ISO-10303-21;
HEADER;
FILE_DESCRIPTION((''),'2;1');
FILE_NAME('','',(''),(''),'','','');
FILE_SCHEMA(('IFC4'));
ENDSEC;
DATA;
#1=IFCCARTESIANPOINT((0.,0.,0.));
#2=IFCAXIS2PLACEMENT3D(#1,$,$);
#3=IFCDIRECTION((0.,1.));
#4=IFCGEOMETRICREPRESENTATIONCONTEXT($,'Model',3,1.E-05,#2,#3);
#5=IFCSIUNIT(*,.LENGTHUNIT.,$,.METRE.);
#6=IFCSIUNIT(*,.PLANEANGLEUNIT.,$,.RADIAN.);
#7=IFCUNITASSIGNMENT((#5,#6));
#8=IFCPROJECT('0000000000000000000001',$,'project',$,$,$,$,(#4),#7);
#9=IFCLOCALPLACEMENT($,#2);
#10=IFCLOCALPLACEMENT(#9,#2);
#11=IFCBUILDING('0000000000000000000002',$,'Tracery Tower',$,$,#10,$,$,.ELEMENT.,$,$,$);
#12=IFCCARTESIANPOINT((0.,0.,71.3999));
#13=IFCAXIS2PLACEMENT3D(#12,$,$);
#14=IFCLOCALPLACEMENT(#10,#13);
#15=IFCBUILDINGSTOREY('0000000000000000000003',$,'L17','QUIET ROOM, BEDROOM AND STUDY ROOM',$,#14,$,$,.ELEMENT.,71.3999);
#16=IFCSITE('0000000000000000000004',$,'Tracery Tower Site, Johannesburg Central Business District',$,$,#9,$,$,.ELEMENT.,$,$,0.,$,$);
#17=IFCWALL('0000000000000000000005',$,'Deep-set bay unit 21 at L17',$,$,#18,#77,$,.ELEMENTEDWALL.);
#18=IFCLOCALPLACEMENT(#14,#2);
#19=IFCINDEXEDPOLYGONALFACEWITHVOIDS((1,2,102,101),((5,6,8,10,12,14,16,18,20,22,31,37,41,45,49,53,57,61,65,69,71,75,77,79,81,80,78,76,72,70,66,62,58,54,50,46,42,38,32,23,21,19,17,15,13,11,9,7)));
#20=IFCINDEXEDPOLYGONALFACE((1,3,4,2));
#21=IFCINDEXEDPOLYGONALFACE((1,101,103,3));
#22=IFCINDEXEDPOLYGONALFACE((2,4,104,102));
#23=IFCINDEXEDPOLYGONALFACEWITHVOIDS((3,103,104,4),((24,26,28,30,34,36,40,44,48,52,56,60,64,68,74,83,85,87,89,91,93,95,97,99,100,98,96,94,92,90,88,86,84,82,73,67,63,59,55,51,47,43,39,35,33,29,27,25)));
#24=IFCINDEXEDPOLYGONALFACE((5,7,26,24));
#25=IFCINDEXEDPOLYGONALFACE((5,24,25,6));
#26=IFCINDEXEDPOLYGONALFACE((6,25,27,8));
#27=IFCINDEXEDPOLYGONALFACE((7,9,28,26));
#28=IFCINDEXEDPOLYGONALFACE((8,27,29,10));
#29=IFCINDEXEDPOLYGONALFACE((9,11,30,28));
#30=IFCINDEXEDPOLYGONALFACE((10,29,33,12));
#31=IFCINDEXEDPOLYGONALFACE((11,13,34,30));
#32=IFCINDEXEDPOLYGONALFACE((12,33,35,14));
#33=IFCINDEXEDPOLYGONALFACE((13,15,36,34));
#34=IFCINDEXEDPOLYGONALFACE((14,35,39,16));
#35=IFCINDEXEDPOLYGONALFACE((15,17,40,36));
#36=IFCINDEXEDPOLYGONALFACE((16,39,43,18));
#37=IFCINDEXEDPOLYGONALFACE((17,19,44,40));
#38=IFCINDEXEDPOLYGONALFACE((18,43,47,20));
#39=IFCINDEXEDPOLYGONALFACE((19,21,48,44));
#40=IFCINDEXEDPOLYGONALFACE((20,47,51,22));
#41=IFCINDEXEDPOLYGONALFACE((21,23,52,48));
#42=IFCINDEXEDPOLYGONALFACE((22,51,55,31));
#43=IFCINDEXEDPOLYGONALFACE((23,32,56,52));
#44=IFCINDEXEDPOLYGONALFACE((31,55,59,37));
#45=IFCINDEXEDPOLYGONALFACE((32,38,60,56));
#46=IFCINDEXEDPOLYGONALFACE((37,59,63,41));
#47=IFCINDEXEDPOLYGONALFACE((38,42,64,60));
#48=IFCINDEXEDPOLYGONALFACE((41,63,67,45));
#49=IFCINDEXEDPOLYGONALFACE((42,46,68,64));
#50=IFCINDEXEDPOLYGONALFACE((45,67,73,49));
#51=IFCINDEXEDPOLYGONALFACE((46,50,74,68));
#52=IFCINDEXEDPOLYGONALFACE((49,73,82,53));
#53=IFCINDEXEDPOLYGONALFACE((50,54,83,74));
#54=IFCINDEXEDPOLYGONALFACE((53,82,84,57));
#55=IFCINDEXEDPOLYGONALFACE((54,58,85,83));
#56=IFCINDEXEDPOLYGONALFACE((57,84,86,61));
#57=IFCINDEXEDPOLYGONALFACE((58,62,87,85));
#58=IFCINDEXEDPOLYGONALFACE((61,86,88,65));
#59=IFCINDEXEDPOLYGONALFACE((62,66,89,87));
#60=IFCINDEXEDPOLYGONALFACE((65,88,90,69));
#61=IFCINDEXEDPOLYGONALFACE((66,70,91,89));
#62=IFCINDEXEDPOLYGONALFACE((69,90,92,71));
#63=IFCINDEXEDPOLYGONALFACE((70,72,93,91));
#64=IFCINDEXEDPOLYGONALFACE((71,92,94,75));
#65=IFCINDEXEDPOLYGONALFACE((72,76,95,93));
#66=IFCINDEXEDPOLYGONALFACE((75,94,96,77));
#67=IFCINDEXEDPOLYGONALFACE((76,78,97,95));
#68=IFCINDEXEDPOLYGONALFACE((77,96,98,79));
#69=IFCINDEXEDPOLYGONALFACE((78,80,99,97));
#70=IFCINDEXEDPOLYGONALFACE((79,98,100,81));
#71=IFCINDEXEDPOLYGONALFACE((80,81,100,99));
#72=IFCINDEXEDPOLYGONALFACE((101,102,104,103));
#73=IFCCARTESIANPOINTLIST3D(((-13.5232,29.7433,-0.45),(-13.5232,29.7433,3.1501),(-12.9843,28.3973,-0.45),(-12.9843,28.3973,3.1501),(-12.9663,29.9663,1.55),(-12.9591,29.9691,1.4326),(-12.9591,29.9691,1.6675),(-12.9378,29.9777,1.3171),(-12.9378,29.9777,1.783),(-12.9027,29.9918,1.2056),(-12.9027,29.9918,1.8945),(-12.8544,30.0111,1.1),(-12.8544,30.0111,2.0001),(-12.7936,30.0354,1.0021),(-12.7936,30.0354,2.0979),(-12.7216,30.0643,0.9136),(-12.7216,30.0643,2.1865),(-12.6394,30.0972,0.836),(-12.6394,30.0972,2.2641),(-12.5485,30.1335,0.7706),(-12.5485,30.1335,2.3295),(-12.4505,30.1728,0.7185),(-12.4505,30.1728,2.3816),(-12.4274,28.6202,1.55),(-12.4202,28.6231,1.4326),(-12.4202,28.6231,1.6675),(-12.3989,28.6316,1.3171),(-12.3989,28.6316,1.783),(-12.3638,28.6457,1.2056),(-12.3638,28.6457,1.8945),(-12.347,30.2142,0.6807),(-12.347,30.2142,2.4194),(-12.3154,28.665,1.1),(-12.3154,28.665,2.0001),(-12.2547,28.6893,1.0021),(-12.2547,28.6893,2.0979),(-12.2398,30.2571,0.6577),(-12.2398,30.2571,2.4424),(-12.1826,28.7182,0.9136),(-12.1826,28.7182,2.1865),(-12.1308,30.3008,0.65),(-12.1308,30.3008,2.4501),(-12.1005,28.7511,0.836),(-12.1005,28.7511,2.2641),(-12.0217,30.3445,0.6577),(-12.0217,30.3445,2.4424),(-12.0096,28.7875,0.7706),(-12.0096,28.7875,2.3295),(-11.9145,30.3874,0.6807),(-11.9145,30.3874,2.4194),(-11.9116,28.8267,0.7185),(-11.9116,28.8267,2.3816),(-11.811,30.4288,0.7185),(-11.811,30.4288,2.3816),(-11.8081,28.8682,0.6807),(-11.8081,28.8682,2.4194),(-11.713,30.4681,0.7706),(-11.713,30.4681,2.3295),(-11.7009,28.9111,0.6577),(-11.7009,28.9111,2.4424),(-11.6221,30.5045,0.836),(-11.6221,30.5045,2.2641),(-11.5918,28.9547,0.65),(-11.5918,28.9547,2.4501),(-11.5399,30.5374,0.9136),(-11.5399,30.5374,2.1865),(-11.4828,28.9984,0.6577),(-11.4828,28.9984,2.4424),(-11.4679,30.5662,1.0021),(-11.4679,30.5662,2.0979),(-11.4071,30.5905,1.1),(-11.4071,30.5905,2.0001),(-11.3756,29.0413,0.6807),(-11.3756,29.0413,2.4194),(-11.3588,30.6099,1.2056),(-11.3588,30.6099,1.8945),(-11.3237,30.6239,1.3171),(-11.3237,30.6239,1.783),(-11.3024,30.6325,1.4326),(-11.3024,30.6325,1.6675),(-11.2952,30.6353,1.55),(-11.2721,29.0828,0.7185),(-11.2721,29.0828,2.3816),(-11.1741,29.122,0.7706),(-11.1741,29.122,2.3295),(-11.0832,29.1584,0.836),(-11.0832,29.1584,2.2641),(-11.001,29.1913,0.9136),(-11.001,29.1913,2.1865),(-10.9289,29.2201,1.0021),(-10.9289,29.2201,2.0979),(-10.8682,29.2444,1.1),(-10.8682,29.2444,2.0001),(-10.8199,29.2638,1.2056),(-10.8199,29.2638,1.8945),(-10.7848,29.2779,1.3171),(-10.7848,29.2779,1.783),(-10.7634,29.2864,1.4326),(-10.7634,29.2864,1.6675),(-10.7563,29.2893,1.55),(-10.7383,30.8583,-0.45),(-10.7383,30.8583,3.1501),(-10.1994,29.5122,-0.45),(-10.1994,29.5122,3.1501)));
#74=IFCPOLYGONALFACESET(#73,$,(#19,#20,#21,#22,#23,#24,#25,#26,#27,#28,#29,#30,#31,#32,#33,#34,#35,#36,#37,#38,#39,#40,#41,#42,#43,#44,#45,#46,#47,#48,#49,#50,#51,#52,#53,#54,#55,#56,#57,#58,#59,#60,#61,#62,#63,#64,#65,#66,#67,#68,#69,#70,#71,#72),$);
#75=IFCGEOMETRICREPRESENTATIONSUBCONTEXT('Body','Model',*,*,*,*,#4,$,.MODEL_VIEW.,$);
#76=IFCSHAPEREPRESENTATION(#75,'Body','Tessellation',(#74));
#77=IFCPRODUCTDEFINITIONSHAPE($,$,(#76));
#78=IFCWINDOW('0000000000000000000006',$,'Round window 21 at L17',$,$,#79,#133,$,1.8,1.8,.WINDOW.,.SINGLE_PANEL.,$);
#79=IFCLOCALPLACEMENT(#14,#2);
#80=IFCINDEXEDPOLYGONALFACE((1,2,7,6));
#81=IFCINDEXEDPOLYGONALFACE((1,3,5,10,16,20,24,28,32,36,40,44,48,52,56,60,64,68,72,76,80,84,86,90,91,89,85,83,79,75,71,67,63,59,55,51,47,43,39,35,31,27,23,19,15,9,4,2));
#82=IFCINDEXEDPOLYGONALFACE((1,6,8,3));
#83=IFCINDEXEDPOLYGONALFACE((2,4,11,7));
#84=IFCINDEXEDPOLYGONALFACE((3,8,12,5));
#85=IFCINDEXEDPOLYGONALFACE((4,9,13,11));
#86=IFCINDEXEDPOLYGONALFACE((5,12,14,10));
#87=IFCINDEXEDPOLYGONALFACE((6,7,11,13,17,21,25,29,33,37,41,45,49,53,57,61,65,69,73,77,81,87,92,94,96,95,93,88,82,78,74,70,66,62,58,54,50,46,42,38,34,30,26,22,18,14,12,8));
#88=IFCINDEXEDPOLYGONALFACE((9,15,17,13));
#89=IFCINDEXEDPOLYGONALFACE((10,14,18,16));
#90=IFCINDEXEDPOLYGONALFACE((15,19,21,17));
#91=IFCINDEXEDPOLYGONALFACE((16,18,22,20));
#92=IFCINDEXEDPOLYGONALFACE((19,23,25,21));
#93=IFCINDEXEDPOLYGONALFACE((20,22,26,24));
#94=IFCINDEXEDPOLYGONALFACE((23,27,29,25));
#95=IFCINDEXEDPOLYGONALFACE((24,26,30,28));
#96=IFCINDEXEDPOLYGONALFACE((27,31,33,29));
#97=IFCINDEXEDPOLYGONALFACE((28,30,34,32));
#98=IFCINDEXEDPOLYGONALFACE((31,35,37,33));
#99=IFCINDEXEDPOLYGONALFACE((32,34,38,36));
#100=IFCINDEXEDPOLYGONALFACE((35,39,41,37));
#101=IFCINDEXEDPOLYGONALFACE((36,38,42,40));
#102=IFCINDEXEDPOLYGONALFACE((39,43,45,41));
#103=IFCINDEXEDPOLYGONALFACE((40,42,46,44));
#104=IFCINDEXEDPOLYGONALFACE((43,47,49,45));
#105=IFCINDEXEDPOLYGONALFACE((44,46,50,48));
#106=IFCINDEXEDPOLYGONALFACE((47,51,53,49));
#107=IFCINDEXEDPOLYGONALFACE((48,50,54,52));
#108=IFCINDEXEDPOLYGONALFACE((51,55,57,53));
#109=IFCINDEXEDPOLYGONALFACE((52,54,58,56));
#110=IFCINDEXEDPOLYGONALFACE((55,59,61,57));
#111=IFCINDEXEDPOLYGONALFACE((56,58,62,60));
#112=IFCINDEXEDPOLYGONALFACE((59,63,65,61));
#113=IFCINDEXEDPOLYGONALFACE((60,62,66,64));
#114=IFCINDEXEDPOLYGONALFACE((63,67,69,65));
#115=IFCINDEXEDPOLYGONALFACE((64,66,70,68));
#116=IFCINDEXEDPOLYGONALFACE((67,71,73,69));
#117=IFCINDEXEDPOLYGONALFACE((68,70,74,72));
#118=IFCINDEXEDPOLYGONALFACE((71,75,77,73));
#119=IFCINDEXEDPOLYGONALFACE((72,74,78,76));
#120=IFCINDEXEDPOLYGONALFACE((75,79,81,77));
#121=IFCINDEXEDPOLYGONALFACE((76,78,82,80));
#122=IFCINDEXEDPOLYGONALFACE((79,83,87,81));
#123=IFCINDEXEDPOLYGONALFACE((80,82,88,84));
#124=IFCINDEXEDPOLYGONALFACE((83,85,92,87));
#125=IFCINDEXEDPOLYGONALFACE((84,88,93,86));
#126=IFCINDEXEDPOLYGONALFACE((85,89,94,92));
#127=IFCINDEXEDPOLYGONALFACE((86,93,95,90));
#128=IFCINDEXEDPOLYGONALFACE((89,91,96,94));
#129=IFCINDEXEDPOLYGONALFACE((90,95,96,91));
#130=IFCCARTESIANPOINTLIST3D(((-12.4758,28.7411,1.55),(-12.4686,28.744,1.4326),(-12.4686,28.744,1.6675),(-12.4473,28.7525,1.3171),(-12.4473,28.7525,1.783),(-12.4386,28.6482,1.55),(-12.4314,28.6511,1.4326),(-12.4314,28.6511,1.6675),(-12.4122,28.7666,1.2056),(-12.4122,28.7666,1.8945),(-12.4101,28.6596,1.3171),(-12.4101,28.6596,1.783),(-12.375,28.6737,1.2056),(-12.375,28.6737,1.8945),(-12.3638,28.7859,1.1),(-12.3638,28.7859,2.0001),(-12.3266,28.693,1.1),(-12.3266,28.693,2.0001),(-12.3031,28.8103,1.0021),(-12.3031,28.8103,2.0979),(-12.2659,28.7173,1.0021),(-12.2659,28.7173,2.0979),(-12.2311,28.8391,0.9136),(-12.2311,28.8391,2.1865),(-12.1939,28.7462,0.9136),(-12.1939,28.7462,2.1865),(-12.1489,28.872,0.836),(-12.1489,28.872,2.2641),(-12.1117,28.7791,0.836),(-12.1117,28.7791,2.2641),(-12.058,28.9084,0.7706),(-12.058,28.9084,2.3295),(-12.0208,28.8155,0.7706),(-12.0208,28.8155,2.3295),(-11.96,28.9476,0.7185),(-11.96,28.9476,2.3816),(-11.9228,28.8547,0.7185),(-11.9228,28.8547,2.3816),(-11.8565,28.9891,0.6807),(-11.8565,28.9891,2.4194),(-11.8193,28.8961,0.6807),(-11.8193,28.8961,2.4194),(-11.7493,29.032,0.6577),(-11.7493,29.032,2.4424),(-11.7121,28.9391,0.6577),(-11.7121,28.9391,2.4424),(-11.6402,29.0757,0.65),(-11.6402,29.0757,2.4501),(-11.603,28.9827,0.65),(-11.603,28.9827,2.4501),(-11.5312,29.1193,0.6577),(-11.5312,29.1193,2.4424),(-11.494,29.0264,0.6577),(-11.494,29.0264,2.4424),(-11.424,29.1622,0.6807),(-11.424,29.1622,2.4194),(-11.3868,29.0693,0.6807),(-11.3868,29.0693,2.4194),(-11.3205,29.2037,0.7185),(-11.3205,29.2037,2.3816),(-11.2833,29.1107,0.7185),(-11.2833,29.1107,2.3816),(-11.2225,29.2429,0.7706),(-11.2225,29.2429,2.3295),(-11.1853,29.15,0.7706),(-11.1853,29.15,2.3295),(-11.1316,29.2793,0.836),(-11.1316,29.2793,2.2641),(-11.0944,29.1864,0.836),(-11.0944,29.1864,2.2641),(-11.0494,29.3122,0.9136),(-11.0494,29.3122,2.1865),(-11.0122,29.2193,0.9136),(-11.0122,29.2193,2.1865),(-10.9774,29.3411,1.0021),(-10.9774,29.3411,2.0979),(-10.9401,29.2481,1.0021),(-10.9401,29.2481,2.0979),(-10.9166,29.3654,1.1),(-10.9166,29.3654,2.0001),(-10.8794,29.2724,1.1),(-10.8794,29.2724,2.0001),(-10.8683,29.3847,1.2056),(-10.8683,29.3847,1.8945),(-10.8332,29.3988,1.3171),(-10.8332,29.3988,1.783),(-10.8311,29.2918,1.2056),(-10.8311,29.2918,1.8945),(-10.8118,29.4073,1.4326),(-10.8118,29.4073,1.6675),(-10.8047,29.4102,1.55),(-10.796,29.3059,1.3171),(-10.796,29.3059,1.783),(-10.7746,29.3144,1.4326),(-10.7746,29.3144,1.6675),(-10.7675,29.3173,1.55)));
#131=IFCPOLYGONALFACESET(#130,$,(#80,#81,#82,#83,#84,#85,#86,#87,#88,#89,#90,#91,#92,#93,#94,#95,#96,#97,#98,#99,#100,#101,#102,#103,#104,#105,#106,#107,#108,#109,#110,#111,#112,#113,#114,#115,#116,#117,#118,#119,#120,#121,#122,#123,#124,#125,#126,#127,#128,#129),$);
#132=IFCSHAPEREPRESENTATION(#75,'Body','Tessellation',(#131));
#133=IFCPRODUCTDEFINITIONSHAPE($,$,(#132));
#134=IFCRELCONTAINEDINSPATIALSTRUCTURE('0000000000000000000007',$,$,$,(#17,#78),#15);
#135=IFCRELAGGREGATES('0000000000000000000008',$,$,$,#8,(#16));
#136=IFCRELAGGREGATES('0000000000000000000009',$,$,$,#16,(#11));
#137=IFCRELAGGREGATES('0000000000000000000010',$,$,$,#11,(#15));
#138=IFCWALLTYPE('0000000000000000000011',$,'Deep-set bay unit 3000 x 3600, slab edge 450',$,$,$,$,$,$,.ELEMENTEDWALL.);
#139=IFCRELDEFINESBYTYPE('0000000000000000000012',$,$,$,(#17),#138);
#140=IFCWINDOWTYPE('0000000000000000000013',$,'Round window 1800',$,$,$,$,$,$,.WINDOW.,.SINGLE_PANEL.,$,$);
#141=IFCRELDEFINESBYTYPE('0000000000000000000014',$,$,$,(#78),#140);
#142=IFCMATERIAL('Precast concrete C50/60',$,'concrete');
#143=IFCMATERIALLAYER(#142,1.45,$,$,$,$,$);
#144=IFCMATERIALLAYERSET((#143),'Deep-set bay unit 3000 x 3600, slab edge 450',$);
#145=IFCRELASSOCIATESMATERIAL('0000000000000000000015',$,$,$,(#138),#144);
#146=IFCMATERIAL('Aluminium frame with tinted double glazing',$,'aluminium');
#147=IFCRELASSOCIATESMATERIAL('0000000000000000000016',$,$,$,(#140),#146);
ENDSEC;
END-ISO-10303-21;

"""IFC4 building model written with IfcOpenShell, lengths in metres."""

from ifc_helpers import new_model, si_unit, direction, frame, frame_2d, origin, origin_2d, place, context, subcontext, project, spatial, rectangle, circle, extrude, material, layer, layer_set, type_object, element, fill, save


model = new_model("IFC4")

# Units and contexts
model_context = context("Model", 3, precision=1e-05, world=origin(), true_north=direction((0.0, 1.0)))
body_context = subcontext(model_context, "Body", "Model", "MODEL_VIEW")
ifc_project = project(units=[si_unit("LENGTHUNIT", "METRE"), si_unit("PLANEANGLEUNIT", "RADIAN")], contexts=[model_context])

# Site, building, storey
site_placement = place(None, origin())
site = spatial("IfcSite", under=ifc_project, at=site_placement, Name="Tracery Tower Site, Johannesburg Central Business District", CompositionType="ELEMENT", RefElevation=0.0)
building_placement = place(site_placement, origin())
building = spatial("IfcBuilding", under=site, at=building_placement, Name="Tracery Tower", CompositionType="ELEMENT")
storey_placement = place(building_placement, frame((0.0, 0.0, 71.3999)))
storey = spatial("IfcBuildingStorey", under=building, at=storey_placement, Name="L17", Description="QUIET ROOM, BEDROOM AND STUDY ROOM", CompositionType="ELEMENT", Elevation=71.3999)

# Wall, opening, window
ifc_material_1 = material(Name="Precast concrete C50/60", Category="concrete")
ifc_layer_1 = layer(ifc_material_1, 1.45)
ifc_layer_set_1 = layer_set([ifc_layer_1], Name="Deep-set bay unit 3000 x 3600, slab edge 450")
wall_type_1 = type_object("IfcWallType", Name="Deep-set bay unit 3000 x 3600, slab edge 450", PredefinedType="ELEMENTEDWALL", material=ifc_layer_set_1)
ifc_material_2 = material(Name="Aluminium frame with tinted double glazing", Category="aluminium")
window_type = type_object("IfcWindowType", Name="Round window 1800", PartitioningType="SINGLE_PANEL", PredefinedType="WINDOW", material=ifc_material_2)
wall_1_placement = place(storey_placement, frame((-10.4688, 30.1853, -0.45), z_axis=(0.0, 0.0, 1.0), x_axis=(-0.928359, -0.371685, 0.0)))
wall_1 = element("IfcWall", 1, at=wall_1_placement, inside=storey, type_object=wall_type_1, Name="Deep-set bay unit 21 at L17", PredefinedType="ELEMENTEDWALL", context=body_context, shape_type="SweptSolid", body=[
    extrude(rectangle(XDim=2.9998, YDim=1.45, at=frame_2d((1.5, 0.0))), origin(), (0.0, 0.0, 1.0), 3.6001),
])
opening_1_placement = place(wall_1_placement, frame((1.5, 0.0, 2.0)))
opening_1 = element("IfcOpeningElement", 2, at=opening_1_placement, cuts=wall_1, PredefinedType="OPENING", context=body_context, shape_type="SweptSolid", body=[
    extrude(circle(Radius=0.9, at=origin_2d()), frame((0.0, 0.7349, 0.0), z_axis=(0.0, -1.0, 0.0), x_axis=(1.0, 0.0, 0.0)), (0.0, 0.0, 1.0), 1.47),
])
window_1_placement = place(opening_1_placement, origin())
window_1 = element("IfcWindow", 3, at=window_1_placement, inside=storey, type_object=window_type, Name="Round window 21 at L17", OverallHeight=1.8, OverallWidth=1.8, PartitioningType="SINGLE_PANEL", PredefinedType="WINDOW", context=body_context, shape_type="SweptSolid", body=[
    extrude(circle(Radius=0.9, at=origin_2d()), frame((0.0, 0.6948, 0.0), z_axis=(0.0, -1.0, 0.0), x_axis=(1.0, 0.0, 0.0)), (0.0, 0.0, 1.0), 0.1001),
])
fill(opening_1, window_1)

save(model, "model.ifc")
